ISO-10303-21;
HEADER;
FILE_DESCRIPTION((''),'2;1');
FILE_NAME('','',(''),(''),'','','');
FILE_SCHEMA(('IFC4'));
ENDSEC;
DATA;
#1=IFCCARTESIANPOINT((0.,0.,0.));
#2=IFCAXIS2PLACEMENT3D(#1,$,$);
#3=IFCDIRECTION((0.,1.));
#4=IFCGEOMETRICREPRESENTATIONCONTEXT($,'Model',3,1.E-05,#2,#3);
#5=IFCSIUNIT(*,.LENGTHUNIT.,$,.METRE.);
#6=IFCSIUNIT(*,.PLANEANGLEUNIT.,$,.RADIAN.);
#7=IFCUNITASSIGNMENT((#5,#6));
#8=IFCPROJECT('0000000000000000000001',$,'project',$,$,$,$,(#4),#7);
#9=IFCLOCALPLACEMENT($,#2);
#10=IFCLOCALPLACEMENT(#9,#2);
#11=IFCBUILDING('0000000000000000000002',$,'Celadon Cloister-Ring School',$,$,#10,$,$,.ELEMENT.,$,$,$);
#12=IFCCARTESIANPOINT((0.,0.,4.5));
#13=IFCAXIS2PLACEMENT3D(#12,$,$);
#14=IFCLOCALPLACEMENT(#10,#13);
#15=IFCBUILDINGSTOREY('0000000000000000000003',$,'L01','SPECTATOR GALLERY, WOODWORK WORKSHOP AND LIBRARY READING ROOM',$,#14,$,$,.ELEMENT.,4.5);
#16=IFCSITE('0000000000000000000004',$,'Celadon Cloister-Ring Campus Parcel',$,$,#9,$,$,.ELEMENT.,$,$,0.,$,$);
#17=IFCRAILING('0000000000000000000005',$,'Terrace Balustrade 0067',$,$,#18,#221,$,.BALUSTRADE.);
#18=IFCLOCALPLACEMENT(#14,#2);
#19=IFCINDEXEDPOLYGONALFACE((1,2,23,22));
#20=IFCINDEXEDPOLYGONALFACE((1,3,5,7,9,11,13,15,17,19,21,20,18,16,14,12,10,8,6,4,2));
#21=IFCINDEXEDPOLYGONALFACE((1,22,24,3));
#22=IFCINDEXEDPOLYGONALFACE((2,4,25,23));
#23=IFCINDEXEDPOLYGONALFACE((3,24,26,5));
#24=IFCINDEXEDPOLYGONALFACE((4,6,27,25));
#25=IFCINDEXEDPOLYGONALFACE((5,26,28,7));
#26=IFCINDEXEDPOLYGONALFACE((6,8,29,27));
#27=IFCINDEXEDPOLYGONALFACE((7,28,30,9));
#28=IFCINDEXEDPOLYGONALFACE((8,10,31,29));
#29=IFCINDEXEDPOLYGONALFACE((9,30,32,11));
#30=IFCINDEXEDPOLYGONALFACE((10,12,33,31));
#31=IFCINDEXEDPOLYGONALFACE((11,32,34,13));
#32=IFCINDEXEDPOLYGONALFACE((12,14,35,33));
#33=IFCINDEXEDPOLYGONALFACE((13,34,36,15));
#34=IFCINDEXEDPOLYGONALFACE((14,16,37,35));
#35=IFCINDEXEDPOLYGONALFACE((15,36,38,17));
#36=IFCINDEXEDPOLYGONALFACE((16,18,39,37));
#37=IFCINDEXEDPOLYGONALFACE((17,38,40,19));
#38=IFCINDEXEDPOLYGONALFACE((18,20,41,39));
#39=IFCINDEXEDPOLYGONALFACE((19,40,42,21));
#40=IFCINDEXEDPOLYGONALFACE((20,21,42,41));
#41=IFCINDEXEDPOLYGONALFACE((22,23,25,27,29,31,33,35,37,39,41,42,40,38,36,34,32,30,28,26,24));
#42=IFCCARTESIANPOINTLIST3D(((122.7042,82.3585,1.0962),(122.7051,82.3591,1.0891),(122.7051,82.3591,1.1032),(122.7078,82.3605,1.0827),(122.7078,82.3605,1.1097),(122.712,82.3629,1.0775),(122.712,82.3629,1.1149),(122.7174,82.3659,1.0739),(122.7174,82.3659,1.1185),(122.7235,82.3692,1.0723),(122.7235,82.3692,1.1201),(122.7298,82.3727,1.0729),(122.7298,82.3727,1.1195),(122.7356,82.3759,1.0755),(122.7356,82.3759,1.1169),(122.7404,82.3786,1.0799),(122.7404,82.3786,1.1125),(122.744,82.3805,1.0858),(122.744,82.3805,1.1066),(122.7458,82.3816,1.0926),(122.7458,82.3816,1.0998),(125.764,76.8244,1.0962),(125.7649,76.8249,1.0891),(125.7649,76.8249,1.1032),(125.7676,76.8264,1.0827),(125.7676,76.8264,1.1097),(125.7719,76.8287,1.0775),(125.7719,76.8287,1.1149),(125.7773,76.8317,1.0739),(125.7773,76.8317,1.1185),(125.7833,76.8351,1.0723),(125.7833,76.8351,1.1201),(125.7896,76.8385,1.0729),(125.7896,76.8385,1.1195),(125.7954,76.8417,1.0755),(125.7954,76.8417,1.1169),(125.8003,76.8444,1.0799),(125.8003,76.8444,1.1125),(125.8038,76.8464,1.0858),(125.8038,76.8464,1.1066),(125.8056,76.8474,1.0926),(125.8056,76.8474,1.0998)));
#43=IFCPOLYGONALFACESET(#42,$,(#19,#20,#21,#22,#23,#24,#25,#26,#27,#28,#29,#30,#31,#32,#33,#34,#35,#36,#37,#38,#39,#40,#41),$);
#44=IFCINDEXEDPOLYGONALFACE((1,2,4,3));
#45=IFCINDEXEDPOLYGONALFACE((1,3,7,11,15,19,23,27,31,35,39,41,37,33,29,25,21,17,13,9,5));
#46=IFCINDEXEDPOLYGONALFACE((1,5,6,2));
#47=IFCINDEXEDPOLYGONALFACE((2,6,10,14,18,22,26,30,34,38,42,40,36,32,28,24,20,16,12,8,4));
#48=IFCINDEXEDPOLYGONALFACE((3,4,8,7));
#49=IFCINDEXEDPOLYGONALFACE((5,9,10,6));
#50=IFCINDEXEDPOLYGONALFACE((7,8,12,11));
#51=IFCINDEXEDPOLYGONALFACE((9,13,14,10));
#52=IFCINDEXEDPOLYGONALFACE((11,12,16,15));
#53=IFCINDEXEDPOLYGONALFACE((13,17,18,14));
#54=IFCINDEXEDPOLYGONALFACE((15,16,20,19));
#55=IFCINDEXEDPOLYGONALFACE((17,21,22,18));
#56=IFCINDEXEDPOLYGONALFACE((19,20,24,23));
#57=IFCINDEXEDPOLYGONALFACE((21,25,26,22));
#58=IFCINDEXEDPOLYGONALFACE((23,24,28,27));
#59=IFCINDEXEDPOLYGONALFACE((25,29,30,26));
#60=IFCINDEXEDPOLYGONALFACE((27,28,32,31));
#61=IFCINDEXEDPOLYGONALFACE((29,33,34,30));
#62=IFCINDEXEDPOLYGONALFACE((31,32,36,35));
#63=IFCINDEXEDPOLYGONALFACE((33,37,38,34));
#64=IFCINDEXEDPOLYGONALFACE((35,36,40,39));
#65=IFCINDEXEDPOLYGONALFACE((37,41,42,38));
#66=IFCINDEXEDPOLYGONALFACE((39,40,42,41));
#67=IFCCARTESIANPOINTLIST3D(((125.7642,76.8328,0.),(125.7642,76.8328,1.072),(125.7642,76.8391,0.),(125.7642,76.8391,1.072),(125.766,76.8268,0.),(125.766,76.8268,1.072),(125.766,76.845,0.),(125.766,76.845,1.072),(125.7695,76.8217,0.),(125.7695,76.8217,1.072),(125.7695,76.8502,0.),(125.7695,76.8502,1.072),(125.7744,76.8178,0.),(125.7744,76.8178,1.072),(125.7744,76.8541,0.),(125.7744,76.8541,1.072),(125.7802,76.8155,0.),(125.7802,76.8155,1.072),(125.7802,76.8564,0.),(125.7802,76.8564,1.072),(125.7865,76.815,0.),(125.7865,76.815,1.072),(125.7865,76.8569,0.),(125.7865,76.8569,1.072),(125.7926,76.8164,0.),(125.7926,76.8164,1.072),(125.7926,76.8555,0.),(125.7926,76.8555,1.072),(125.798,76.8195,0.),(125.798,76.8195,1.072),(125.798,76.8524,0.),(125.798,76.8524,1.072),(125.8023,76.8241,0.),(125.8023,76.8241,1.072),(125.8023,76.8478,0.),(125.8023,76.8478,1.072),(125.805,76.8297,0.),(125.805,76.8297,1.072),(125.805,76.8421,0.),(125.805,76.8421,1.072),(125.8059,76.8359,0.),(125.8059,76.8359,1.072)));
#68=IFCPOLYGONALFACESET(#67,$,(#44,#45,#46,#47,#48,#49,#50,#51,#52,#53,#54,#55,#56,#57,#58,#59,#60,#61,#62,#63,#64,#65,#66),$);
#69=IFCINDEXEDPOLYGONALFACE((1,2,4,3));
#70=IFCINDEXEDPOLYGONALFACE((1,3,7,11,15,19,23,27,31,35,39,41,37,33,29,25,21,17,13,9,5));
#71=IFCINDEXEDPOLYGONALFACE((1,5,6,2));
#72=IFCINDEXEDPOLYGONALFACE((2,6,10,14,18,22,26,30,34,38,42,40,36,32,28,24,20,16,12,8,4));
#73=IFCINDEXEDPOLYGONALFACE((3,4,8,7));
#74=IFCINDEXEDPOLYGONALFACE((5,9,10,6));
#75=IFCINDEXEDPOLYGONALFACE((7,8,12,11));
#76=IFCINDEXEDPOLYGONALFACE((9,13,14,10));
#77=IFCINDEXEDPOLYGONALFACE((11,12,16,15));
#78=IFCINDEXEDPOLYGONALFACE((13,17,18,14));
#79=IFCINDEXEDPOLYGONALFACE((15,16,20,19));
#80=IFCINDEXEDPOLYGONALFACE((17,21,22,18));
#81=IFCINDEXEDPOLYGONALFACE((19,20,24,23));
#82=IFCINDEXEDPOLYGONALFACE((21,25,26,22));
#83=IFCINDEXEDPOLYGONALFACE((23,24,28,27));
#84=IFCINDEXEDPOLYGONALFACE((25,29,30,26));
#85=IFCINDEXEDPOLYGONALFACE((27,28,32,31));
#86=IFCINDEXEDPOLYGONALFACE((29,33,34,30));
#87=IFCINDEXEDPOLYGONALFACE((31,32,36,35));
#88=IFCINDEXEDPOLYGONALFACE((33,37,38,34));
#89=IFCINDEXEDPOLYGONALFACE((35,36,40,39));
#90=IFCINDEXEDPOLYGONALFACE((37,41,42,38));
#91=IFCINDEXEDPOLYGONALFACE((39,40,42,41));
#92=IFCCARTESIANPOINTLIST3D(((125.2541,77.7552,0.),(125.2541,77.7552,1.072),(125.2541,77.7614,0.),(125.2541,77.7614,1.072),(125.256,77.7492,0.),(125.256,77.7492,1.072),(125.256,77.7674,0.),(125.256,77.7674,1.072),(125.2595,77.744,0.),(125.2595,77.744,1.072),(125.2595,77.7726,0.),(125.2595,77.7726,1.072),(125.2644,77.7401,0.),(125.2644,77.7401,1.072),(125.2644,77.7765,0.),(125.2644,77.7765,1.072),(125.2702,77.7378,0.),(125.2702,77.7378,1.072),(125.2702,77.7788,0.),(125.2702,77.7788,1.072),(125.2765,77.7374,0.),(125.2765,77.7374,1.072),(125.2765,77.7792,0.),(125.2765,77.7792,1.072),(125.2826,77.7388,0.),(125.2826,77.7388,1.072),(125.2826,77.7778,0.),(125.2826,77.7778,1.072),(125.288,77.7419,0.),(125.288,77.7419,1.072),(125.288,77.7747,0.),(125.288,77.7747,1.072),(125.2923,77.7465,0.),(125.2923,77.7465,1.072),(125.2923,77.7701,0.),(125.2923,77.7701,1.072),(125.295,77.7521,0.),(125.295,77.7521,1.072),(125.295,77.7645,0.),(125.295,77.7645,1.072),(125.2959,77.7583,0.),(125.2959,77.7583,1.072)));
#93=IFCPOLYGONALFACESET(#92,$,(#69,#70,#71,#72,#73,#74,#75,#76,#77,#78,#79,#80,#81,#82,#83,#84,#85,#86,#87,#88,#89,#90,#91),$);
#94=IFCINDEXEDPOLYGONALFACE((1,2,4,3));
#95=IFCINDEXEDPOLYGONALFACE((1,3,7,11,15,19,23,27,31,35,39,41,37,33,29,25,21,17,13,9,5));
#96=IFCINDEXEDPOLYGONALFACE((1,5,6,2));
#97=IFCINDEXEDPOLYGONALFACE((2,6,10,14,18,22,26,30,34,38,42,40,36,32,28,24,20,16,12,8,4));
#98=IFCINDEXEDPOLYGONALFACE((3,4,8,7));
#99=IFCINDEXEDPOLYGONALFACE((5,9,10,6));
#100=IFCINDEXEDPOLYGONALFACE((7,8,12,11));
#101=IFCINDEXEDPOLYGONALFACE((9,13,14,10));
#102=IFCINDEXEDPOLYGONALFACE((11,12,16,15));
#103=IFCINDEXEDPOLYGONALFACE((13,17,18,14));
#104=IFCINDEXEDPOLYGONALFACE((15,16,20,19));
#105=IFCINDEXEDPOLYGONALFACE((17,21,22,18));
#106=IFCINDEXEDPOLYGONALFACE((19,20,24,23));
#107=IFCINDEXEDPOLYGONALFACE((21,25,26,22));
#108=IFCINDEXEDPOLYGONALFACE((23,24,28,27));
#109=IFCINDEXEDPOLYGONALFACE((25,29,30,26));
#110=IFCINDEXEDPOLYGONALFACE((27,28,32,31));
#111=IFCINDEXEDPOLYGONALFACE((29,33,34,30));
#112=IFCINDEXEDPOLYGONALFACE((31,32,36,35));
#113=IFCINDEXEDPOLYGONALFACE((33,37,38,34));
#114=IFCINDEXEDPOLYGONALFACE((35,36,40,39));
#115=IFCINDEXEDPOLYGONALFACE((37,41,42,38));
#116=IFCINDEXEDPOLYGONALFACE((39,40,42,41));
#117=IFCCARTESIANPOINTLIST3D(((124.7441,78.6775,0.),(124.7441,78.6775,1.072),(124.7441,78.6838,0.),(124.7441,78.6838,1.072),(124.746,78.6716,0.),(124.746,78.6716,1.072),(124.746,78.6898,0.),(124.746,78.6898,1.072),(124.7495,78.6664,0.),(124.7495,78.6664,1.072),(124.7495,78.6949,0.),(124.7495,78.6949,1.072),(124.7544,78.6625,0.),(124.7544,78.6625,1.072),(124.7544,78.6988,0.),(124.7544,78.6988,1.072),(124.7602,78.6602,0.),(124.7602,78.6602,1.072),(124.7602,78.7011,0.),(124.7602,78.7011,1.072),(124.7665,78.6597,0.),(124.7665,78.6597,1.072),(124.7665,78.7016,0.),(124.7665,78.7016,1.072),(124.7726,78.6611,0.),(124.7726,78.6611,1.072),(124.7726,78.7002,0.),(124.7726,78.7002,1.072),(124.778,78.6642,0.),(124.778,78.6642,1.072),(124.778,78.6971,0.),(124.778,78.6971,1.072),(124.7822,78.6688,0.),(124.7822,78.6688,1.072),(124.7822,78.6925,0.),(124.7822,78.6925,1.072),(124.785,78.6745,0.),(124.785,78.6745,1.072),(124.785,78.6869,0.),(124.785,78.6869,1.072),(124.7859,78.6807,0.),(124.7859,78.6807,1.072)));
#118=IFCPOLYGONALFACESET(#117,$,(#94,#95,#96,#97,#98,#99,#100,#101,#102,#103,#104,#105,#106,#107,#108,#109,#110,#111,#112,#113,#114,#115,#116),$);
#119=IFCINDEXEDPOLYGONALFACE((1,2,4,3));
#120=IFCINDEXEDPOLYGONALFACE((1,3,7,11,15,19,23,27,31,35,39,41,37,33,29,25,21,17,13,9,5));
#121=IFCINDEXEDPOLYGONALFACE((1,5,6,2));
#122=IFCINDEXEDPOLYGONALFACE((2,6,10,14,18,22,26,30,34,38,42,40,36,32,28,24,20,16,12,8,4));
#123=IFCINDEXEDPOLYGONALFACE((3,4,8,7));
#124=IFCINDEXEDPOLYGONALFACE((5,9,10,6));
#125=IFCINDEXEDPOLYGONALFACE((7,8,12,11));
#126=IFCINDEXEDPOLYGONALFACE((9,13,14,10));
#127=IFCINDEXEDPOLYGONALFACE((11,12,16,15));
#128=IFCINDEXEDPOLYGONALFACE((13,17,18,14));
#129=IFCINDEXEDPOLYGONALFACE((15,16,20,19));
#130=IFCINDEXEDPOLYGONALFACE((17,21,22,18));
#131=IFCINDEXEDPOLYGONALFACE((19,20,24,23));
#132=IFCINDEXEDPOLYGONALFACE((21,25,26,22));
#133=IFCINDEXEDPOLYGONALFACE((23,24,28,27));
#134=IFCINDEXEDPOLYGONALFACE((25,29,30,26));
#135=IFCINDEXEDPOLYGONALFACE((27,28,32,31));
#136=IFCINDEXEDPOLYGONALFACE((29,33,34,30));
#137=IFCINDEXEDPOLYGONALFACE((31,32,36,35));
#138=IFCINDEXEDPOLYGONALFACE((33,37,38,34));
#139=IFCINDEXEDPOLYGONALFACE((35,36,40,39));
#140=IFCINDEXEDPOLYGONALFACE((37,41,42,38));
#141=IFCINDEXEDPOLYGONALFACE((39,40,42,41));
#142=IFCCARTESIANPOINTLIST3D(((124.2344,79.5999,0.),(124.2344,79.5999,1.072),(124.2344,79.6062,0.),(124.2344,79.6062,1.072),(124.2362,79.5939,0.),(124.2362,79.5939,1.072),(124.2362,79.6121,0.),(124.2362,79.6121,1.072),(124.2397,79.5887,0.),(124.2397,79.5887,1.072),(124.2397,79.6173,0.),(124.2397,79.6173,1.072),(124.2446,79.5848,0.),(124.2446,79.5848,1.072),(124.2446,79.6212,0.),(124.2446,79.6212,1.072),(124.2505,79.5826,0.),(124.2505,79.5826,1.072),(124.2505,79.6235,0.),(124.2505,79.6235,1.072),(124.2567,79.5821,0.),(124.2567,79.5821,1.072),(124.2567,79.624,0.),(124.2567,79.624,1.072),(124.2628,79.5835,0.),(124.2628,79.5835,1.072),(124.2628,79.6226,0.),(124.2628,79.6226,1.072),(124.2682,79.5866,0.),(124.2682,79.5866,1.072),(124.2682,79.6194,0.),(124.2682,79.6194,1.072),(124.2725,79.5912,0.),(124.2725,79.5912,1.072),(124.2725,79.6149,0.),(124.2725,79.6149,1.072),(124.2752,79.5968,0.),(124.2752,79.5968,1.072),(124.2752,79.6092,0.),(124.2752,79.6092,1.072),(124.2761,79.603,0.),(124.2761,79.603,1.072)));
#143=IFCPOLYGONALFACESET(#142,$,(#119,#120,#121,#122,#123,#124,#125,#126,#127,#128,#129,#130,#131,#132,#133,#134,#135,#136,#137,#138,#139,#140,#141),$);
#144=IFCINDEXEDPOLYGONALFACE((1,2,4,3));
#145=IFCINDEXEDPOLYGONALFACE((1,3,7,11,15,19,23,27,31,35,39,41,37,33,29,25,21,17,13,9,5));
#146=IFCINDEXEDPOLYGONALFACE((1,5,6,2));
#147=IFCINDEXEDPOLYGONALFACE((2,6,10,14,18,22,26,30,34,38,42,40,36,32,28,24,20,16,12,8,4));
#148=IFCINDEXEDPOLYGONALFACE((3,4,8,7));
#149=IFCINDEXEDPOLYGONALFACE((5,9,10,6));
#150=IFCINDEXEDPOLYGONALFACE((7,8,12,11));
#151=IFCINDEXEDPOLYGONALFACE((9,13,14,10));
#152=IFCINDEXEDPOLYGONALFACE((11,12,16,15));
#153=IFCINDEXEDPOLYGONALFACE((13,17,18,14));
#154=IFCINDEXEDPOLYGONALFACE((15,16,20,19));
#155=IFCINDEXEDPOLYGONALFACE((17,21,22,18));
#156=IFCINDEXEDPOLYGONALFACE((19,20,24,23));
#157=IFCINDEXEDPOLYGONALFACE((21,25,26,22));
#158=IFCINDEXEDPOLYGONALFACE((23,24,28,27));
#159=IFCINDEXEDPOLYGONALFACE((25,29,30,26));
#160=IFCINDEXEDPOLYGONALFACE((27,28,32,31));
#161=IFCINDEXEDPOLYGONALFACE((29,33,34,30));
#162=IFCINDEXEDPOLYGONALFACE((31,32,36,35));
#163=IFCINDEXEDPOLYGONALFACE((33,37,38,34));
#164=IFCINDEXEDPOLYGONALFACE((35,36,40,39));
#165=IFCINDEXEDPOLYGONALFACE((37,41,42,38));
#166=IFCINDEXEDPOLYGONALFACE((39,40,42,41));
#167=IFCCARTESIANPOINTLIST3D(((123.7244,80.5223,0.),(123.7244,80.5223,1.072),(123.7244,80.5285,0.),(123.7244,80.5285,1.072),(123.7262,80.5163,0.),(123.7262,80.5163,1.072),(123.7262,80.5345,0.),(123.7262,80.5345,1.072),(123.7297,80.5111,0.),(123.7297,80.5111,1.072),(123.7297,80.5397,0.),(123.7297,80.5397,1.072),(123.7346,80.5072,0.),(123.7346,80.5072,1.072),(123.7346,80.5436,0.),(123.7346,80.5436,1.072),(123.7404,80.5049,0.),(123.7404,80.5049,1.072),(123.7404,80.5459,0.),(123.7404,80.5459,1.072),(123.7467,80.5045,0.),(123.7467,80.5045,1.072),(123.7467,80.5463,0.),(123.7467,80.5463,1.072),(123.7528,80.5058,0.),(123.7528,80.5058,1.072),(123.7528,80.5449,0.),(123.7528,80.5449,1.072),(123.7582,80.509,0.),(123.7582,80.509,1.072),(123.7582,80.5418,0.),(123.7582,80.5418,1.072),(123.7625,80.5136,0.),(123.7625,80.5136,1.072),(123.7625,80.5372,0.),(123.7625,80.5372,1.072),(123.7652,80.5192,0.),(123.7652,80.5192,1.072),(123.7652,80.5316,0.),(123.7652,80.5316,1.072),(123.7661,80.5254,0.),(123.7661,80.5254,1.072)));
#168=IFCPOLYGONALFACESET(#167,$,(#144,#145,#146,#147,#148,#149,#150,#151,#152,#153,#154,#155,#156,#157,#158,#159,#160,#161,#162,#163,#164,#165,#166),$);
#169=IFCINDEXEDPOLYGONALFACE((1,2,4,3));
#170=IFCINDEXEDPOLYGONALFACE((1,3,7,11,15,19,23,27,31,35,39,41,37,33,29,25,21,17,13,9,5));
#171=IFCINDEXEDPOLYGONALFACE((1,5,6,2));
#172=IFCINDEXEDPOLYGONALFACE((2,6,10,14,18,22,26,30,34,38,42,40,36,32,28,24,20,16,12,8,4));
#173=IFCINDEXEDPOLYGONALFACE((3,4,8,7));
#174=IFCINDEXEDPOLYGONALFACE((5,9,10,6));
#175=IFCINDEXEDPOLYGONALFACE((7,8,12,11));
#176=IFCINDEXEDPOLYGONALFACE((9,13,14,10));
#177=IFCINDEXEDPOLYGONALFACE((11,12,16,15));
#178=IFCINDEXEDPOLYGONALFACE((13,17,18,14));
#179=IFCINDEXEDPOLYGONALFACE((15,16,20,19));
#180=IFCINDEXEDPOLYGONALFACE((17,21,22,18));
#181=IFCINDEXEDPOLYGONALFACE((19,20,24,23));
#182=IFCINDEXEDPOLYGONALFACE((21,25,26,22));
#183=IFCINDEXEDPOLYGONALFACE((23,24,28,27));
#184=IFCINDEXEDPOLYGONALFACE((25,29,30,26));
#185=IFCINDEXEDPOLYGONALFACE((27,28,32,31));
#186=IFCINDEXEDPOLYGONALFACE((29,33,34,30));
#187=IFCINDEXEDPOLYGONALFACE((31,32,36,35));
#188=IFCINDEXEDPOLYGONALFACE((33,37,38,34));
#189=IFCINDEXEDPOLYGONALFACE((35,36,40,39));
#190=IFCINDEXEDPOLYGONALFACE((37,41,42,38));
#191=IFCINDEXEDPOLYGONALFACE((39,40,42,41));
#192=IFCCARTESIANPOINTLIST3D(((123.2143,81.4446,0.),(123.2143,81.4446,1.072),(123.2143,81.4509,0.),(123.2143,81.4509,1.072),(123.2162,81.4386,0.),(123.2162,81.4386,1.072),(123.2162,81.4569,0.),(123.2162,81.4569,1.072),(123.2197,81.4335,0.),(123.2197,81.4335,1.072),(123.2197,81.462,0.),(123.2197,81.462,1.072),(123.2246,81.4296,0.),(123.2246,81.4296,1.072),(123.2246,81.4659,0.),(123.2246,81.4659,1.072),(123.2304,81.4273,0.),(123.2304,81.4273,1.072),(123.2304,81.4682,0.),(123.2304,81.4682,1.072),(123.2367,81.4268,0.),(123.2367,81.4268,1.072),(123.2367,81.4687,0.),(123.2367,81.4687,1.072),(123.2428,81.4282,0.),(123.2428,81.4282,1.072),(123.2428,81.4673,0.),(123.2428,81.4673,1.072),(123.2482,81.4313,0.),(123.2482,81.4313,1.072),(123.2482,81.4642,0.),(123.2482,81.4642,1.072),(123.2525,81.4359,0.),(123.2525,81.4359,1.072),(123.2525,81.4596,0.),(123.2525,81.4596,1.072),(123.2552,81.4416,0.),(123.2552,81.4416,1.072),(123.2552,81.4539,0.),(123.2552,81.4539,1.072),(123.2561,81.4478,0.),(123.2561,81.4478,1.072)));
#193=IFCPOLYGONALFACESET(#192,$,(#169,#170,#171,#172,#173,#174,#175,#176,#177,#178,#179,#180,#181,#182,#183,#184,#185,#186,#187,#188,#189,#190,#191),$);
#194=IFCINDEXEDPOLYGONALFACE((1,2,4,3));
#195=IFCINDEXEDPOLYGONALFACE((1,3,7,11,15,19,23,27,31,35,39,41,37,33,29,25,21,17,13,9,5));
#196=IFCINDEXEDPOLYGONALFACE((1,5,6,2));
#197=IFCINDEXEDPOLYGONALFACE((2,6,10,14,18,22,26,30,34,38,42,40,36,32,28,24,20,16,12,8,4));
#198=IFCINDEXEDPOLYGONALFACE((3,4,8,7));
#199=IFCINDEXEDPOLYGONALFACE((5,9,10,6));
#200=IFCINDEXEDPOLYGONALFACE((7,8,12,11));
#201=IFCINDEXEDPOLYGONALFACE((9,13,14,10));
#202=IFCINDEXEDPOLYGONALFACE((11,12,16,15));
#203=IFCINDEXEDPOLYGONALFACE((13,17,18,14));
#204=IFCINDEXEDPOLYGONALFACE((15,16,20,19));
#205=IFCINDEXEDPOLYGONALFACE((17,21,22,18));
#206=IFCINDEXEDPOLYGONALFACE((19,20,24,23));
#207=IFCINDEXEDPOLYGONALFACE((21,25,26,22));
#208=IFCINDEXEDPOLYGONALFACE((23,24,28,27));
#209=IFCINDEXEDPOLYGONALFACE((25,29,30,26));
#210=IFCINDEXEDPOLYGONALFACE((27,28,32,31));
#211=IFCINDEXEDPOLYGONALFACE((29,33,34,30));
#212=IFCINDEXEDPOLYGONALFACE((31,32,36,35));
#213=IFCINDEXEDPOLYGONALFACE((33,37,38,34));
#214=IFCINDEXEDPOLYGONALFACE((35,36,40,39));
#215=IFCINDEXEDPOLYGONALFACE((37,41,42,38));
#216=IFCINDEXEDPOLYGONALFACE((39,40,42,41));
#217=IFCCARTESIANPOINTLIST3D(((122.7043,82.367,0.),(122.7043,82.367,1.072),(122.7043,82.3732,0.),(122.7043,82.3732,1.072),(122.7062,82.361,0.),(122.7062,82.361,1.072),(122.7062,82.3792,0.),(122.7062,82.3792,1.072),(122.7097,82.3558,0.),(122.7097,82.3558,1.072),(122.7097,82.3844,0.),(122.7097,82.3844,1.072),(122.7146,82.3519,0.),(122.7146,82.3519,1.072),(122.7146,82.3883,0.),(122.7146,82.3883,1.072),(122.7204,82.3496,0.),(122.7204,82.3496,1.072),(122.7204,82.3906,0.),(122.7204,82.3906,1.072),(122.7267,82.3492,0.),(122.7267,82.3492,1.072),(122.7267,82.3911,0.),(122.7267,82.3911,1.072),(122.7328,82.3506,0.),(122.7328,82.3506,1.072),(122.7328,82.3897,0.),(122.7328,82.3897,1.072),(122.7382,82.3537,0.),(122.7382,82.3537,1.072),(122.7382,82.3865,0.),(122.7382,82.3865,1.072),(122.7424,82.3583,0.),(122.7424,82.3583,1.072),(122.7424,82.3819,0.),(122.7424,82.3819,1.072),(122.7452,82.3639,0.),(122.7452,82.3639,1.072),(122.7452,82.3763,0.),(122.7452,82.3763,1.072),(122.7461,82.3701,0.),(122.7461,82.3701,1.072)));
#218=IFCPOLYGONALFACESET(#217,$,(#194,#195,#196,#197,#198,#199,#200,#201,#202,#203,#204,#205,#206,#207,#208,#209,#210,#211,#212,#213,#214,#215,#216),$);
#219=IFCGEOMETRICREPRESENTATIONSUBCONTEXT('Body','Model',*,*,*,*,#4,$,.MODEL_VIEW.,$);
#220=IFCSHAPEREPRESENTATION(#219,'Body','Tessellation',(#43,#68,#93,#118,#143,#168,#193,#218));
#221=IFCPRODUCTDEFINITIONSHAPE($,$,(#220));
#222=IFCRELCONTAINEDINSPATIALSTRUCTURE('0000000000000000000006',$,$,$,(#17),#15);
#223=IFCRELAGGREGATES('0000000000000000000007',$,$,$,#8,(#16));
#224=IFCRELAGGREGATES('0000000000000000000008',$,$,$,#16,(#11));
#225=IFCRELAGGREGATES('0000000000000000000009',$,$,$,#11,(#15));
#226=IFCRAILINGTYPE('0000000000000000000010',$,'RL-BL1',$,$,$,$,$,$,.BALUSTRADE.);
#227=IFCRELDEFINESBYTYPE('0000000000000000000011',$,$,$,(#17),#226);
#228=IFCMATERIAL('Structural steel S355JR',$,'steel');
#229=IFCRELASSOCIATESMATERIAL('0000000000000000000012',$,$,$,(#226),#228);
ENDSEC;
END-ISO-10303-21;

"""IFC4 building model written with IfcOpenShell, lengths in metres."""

from ifc_helpers import new_model, si_unit, direction, frame, origin, origin_2d, place, context, subcontext, project, spatial, circle, extrude, material, type_object, element, save


model = new_model("IFC4")

# Units and contexts
model_context = context("Model", 3, precision=1e-05, world=origin(), true_north=direction((0.0, 1.0)))
body_context = subcontext(model_context, "Body", "Model", "MODEL_VIEW")
ifc_project = project(units=[si_unit("LENGTHUNIT", "METRE"), si_unit("PLANEANGLEUNIT", "RADIAN")], contexts=[model_context])

# Site, building, storey
site_placement = place(None, origin())
site = spatial("IfcSite", under=ifc_project, at=site_placement, Name="Celadon Cloister-Ring Campus Parcel", CompositionType="ELEMENT", RefElevation=0.0)
building_placement = place(site_placement, origin())
building = spatial("IfcBuilding", under=site, at=building_placement, Name="Celadon Cloister-Ring School", CompositionType="ELEMENT")
storey_placement = place(building_placement, frame((0.0, 0.0, 4.5)))
storey = spatial("IfcBuildingStorey", under=building, at=storey_placement, Name="L01", Description="SPECTATOR GALLERY, WOODWORK WORKSHOP AND LIBRARY READING ROOM", CompositionType="ELEMENT", Elevation=4.5)

# Railing
ifc_material_1 = material(Name="Structural steel S355JR", Category="steel")
railing_type = type_object("IfcRailingType", Name="RL-BL1", PredefinedType="BALUSTRADE", material=ifc_material_1)
railing_1_placement = place(storey_placement, frame((125.7849, 76.8359, 0.0)))
element("IfcRailing", 1, at=railing_1_placement, inside=storey, type_object=railing_type, Name="Terrace Balustrade 0067", PredefinedType="BALUSTRADE", context=body_context, shape_type="SweptSolid", body=[
    extrude(circle(Radius=0.0239, at=origin_2d()), frame((0.0, 0.0, 1.0962), z_axis=(-0.483862, 0.875144, 0.0), x_axis=(-0.875144, -0.483862, 0.0)), (0.0, 0.0, 1.0), 6.3237),
    extrude(circle(Radius=0.021, at=origin_2d()), origin(), (0.0, 0.0, 1.0), 1.072),
    extrude(circle(Radius=0.021, at=origin_2d()), frame((-0.51, 0.9224, 0.0)), (0.0, 0.0, 1.0), 1.072),
    extrude(circle(Radius=0.021, at=origin_2d()), frame((-1.02, 1.8447, 0.0)), (0.0, 0.0, 1.0), 1.072),
    extrude(circle(Radius=0.021, at=origin_2d()), frame((-1.5298, 2.7671, 0.0)), (0.0, 0.0, 1.0), 1.072),
    extrude(circle(Radius=0.021, at=origin_2d()), frame((-2.0398, 3.6895, 0.0)), (0.0, 0.0, 1.0), 1.072),
    extrude(circle(Radius=0.021, at=origin_2d()), frame((-2.5498, 4.6118, 0.0)), (0.0, 0.0, 1.0), 1.072),
    extrude(circle(Radius=0.021, at=origin_2d()), frame((-3.0598, 5.5342, 0.0)), (0.0, 0.0, 1.0), 1.072),
])

save(model, "model.ifc")
